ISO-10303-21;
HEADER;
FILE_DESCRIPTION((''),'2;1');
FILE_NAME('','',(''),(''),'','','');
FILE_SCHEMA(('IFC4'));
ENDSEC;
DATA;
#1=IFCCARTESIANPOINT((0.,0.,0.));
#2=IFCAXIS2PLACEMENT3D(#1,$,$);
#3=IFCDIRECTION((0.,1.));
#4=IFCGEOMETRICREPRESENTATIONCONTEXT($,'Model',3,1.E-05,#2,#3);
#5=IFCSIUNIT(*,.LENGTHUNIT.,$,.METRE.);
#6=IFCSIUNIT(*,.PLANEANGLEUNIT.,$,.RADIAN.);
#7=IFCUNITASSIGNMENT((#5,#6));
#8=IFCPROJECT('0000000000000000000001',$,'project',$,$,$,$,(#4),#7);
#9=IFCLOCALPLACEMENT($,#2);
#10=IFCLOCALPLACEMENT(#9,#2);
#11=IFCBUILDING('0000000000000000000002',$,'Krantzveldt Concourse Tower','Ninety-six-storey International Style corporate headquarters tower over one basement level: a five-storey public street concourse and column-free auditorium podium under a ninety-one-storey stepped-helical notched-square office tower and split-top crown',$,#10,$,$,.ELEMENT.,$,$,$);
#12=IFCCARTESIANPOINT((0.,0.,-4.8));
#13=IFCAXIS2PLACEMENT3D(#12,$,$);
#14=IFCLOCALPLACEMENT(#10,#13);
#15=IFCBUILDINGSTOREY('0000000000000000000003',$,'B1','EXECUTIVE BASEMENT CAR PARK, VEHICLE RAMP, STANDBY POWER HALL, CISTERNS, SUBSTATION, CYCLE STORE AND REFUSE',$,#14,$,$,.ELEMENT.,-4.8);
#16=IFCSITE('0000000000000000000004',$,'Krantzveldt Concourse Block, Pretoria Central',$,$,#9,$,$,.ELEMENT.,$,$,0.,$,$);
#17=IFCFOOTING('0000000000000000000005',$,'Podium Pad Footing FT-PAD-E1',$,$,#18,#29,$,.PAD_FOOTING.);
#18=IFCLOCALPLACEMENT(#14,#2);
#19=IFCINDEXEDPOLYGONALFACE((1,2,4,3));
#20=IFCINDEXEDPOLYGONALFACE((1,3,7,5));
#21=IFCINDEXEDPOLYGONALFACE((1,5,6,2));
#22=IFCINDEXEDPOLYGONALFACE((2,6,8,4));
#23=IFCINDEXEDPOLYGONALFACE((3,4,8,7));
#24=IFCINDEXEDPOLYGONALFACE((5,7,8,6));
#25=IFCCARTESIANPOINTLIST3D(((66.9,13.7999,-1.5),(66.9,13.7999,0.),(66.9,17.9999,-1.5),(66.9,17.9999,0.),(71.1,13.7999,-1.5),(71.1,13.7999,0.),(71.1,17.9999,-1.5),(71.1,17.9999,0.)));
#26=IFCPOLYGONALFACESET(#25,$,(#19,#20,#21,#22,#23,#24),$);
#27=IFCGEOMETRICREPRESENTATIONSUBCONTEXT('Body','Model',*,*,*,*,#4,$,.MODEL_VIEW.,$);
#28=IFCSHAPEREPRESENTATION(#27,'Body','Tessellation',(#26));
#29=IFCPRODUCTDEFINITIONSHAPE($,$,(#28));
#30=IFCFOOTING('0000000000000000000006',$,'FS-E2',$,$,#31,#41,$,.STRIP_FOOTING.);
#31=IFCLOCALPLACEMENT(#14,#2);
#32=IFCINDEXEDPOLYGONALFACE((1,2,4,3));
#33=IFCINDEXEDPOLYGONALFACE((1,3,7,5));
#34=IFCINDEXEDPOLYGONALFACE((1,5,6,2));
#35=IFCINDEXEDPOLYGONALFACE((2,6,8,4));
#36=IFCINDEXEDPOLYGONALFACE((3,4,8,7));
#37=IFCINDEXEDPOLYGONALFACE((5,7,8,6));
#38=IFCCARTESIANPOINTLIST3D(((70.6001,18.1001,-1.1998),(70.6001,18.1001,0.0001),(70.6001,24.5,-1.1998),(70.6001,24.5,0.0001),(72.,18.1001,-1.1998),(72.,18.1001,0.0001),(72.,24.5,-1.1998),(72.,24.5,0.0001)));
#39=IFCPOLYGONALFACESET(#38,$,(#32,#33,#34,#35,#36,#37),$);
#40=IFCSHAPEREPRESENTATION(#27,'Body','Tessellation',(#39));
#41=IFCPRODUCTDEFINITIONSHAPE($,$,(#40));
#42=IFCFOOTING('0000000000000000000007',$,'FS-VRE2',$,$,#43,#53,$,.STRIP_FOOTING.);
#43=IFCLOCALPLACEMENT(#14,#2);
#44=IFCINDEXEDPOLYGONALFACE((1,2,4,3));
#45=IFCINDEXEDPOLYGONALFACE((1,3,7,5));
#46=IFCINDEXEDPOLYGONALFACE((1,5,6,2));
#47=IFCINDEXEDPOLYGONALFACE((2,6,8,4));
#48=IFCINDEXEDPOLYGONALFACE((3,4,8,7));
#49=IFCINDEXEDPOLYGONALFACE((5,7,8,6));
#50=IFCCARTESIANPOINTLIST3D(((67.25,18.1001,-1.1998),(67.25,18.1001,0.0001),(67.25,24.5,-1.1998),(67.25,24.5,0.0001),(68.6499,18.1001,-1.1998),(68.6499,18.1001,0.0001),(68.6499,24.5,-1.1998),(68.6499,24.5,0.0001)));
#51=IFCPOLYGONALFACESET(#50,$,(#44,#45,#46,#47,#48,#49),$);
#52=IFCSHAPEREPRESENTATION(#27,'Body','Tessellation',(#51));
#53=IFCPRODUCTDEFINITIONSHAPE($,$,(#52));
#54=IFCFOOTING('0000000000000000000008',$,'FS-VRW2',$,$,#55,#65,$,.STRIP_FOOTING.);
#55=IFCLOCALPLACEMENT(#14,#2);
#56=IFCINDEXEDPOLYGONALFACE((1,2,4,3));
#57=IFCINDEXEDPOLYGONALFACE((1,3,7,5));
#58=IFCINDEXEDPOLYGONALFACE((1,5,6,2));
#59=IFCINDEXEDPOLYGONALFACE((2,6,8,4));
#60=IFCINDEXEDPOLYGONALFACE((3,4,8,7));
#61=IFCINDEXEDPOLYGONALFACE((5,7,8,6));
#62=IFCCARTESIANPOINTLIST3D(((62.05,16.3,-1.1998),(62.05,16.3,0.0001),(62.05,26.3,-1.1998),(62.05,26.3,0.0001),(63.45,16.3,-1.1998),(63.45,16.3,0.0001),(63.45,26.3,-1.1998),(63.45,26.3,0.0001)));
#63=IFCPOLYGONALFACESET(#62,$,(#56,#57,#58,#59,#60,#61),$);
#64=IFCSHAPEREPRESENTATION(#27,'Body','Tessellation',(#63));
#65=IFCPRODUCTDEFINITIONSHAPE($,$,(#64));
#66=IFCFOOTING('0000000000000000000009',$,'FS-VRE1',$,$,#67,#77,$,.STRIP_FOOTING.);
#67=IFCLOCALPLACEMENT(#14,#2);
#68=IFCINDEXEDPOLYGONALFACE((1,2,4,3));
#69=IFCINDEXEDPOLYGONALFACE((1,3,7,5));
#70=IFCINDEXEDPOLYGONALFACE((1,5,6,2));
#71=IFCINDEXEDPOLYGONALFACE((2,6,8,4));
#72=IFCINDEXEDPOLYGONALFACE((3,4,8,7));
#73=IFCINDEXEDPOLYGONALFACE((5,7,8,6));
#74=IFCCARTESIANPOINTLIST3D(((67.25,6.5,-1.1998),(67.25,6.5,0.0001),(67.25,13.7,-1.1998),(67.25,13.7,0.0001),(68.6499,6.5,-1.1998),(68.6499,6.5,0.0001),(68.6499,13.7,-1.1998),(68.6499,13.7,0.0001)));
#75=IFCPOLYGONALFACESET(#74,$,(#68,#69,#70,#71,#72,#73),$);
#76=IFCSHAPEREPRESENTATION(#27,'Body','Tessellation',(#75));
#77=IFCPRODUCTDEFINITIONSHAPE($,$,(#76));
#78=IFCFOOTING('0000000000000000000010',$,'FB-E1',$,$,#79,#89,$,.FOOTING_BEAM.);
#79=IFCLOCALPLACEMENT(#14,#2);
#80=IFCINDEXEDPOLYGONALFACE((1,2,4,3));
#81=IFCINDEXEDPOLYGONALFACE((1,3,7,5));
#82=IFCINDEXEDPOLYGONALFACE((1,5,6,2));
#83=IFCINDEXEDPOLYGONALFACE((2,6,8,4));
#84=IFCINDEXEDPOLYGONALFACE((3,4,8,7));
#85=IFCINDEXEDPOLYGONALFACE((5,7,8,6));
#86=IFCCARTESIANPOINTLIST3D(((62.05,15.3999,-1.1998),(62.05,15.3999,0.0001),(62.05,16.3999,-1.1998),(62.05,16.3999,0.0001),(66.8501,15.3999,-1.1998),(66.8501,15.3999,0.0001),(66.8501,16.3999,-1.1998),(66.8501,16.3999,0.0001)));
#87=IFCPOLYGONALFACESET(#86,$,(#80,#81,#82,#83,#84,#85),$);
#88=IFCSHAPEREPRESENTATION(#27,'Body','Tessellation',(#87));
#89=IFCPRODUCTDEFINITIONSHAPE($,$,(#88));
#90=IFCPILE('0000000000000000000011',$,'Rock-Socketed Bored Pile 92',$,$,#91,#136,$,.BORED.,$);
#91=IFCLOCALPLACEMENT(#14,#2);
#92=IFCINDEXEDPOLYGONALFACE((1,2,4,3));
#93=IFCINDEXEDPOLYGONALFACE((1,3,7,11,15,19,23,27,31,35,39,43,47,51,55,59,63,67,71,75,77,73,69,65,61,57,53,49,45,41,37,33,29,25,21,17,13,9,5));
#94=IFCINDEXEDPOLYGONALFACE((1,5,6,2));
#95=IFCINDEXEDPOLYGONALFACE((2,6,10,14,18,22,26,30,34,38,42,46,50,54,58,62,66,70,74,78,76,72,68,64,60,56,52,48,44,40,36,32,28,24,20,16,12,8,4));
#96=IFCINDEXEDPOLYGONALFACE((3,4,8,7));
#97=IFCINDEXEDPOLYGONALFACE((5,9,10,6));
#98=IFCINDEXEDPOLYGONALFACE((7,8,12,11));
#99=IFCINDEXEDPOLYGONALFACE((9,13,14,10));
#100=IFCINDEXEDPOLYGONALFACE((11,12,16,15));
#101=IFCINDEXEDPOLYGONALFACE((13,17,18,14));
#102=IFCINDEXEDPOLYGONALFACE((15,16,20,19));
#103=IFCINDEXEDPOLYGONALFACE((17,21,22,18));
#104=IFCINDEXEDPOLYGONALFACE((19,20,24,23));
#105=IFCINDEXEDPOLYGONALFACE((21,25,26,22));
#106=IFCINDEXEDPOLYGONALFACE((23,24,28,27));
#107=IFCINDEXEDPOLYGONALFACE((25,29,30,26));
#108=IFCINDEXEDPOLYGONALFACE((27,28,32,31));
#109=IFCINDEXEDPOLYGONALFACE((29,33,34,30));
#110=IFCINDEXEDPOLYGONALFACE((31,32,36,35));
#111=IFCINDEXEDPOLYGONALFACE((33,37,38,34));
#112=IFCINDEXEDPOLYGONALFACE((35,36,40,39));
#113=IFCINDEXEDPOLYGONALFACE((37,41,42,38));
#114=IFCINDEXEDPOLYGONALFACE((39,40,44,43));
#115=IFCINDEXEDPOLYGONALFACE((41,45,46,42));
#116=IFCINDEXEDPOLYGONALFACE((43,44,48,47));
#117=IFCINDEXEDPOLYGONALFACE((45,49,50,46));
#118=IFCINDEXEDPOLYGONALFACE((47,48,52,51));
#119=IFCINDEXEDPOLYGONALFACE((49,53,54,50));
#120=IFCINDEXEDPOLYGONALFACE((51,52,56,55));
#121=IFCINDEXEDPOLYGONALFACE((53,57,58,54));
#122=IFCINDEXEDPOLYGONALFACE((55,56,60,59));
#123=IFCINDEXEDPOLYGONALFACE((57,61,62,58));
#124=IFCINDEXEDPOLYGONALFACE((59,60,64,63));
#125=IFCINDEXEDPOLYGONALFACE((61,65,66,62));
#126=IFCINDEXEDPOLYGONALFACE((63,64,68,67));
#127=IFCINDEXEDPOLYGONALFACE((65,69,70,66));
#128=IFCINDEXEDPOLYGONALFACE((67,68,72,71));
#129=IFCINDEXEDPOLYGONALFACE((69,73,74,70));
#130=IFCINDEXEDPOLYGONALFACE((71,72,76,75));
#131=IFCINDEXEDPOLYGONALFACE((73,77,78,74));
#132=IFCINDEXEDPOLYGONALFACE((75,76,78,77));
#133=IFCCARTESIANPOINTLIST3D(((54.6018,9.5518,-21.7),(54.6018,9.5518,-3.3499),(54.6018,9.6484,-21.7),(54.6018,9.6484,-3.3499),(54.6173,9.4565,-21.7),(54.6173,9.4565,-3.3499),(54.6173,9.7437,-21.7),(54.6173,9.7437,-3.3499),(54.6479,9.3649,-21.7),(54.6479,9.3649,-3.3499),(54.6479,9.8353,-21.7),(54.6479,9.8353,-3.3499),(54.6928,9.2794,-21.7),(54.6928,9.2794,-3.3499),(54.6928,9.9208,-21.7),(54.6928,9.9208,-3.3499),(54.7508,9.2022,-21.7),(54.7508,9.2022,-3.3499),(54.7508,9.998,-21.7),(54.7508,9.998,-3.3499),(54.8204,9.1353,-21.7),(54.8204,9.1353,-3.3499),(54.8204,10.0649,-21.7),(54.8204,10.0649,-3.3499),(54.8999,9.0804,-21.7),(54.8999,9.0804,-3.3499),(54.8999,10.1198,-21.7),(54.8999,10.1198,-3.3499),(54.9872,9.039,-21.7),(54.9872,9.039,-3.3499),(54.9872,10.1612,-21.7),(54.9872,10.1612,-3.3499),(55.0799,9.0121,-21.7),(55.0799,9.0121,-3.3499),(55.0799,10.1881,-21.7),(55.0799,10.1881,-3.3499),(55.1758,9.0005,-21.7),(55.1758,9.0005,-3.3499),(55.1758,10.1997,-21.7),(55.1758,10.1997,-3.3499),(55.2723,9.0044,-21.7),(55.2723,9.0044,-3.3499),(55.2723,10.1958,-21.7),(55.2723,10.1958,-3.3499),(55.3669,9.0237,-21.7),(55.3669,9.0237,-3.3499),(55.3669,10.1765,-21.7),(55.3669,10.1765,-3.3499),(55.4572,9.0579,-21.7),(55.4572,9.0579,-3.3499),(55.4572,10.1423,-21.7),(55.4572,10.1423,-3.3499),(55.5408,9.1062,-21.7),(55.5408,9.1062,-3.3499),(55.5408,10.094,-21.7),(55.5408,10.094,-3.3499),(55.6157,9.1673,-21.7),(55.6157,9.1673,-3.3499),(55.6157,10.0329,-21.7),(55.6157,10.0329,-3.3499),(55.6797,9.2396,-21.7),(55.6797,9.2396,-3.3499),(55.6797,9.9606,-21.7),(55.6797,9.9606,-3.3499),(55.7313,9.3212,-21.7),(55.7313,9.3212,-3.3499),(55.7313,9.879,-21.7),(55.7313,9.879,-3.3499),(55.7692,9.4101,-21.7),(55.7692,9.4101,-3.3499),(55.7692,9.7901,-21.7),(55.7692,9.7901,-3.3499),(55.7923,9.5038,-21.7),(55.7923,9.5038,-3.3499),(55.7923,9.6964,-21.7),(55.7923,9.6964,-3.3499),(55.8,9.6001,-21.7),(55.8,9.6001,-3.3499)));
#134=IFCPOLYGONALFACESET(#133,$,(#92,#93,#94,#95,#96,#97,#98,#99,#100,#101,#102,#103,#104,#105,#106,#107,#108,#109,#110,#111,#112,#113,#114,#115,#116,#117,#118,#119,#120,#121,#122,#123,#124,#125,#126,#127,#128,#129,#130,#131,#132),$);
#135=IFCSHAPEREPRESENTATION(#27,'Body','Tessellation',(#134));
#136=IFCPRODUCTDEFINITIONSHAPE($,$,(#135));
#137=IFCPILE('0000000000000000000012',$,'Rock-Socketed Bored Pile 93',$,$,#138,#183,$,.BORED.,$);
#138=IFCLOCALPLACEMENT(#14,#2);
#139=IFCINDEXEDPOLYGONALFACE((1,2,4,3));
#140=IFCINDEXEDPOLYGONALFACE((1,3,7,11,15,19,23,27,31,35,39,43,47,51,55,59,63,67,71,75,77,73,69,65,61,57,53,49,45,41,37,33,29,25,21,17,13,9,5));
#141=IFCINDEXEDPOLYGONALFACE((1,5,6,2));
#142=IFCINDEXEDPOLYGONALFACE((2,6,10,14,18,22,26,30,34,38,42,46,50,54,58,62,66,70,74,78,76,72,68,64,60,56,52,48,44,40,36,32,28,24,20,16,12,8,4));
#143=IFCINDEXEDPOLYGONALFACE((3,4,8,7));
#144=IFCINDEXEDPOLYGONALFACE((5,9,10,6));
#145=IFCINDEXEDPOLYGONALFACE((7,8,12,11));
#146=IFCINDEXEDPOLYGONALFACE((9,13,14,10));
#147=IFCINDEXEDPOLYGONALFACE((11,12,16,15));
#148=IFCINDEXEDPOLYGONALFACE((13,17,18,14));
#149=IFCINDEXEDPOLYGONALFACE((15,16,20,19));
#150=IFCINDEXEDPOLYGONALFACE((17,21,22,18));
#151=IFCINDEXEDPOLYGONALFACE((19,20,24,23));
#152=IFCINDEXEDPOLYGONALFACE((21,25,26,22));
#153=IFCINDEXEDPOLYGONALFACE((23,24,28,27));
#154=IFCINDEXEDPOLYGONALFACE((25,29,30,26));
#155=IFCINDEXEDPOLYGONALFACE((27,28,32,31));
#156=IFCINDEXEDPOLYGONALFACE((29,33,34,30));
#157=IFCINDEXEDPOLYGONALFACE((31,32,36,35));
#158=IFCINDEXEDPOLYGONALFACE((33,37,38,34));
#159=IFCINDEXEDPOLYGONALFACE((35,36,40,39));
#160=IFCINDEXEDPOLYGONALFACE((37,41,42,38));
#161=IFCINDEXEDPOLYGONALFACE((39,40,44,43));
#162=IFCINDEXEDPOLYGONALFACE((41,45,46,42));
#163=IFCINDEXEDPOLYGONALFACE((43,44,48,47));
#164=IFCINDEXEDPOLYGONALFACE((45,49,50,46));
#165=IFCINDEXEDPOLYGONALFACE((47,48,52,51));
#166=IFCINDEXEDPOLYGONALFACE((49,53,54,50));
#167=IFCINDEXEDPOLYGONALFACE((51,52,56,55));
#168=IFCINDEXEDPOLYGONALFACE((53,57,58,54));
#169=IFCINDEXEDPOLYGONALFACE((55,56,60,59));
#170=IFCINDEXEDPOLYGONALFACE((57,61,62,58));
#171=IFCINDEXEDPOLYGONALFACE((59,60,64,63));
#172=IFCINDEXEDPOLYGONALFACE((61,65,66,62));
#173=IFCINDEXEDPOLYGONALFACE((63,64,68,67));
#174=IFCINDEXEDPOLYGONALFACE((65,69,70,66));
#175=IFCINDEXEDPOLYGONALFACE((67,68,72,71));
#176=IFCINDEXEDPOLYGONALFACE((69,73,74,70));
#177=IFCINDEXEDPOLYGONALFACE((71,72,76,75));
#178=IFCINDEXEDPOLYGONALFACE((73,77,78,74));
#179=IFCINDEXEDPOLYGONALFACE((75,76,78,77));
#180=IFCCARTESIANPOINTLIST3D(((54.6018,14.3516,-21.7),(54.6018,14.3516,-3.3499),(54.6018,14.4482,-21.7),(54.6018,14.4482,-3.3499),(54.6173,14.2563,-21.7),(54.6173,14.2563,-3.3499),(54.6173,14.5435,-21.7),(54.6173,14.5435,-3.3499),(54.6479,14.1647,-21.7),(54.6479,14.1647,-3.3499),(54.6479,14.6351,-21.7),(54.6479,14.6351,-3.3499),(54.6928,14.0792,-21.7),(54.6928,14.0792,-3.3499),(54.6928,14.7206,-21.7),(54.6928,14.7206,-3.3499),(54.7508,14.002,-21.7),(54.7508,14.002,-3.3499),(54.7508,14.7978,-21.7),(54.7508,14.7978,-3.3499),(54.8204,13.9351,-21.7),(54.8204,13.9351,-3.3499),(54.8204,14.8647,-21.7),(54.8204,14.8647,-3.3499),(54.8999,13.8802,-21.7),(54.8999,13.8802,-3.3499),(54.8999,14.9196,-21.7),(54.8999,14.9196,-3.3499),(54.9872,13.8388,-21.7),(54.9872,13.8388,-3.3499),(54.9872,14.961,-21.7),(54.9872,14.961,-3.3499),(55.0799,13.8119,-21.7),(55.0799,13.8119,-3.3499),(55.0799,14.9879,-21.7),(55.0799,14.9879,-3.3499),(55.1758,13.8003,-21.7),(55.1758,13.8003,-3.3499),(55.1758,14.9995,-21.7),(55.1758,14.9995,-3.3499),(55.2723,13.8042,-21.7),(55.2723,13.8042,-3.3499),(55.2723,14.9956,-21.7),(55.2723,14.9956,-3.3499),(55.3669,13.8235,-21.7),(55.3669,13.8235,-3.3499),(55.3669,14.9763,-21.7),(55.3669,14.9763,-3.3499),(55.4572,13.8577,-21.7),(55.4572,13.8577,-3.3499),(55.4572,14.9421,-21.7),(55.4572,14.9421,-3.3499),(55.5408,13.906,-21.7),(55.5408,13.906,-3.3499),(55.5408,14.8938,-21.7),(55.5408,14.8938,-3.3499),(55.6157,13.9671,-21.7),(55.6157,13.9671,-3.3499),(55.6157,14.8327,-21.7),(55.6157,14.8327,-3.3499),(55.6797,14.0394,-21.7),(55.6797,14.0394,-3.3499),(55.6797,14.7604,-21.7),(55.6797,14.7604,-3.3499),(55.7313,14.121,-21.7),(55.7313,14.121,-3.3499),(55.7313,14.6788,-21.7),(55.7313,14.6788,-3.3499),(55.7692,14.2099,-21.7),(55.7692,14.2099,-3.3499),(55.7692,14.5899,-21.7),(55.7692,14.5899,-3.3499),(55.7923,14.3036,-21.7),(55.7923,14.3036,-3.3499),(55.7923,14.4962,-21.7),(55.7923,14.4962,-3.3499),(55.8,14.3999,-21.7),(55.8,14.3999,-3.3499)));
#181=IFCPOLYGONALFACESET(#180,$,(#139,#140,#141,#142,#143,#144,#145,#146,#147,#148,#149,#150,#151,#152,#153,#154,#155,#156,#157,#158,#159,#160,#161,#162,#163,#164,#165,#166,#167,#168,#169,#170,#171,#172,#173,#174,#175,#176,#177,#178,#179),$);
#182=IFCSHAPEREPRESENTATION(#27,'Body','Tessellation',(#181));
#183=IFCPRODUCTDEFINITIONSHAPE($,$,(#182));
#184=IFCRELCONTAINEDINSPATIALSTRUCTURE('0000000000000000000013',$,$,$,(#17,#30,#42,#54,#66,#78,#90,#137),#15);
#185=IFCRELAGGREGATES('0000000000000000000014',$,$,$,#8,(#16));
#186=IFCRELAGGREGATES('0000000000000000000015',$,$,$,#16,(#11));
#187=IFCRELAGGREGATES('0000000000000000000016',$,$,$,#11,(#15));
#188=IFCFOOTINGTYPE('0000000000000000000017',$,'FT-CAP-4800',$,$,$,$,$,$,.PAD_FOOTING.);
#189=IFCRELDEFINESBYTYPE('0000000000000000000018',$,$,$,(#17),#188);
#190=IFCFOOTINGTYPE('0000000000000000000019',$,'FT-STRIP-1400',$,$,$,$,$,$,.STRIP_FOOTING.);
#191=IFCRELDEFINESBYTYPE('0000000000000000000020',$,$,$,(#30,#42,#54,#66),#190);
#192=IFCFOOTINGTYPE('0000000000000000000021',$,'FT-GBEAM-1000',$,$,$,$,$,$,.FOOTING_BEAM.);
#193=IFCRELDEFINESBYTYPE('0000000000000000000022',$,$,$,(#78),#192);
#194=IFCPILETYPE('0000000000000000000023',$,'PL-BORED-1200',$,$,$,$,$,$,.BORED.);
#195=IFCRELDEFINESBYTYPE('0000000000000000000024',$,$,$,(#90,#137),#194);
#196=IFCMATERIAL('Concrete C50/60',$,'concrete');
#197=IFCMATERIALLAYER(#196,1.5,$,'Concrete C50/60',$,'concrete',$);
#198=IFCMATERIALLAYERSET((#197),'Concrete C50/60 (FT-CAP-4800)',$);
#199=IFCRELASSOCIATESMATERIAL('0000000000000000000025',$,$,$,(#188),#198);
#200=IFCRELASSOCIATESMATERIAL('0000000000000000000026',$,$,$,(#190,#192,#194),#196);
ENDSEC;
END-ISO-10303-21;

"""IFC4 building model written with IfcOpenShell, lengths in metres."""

from ifc_helpers import new_model, si_unit, direction, frame, origin, origin_2d, place, context, subcontext, project, spatial, rectangle, circle, extrude, source, transform, mapped, material, layer, layer_set, material_profile, profile_set, type_object, type_shapes, element, save


model = new_model("IFC4")

# Units and contexts
model_context = context("Model", 3, precision=1e-05, world=origin(), true_north=direction((0.0, 1.0)))
body_context = subcontext(model_context, "Body", "Model", "MODEL_VIEW")
ifc_project = project(units=[si_unit("LENGTHUNIT", "METRE"), si_unit("PLANEANGLEUNIT", "RADIAN")], contexts=[model_context])

# Site, building, storey
site_placement = place(None, origin())
site = spatial("IfcSite", under=ifc_project, at=site_placement, Name="Krantzveldt Concourse Block, Pretoria Central", CompositionType="ELEMENT", RefElevation=0.0)
building_placement = place(site_placement, origin())
building = spatial("IfcBuilding", under=site, at=building_placement, Name="Krantzveldt Concourse Tower", Description="Ninety-six-storey International Style corporate headquarters tower over one basement level: a five-storey public street concourse and column-free auditorium podium under a ninety-one-storey stepped-helical notched-square office tower and split-top crown", CompositionType="ELEMENT")
storey_placement = place(building_placement, frame((0.0, 0.0, -4.8)))
storey = spatial("IfcBuildingStorey", under=building, at=storey_placement, Name="B1", Description="EXECUTIVE BASEMENT CAR PARK, VEHICLE RAMP, STANDBY POWER HALL, CISTERNS, SUBSTATION, CYCLE STORE AND REFUSE", CompositionType="ELEMENT", Elevation=-4.8)

# Footings
ifc_material_1 = material(Name="Concrete C50/60", Category="concrete")
ifc_layer_1 = layer(ifc_material_1, 1.5, Name="Concrete C50/60", Category="concrete")
ifc_layer_set_1 = layer_set([ifc_layer_1], Name="Concrete C50/60 (FT-CAP-4800)")
footing_type_1 = type_object("IfcFootingType", Name="FT-CAP-4800", PredefinedType="PAD_FOOTING", material=ifc_layer_set_1)
shared_shape_1 = source(origin(), body_context, "Body", "SweptSolid", [
    extrude(rectangle(XDim=4.2, YDim=4.2, at=origin_2d()), origin(), (0.0, 0.0, 1.0), 1.5),
])
type_shapes(footing_type_1, [shared_shape_1])
footing_1_placement = place(storey_placement, frame((69.0, 15.8999, -1.5), z_axis=(0.0, 0.0, 1.0), x_axis=(1.0, 0.0, 0.0)))
element("IfcFooting", 1, at=footing_1_placement, inside=storey, type_object=footing_type_1, Name="Podium Pad Footing FT-PAD-E1", PredefinedType="PAD_FOOTING", context=body_context, shape_type="MappedRepresentation", body=[
    mapped(shared_shape_1, transform((0.0, 0.0, 0.0), x_axis=(1.0, 0.0, 0.0), y_axis=(0.0, 1.0, 0.0), z_axis=(0.0, 0.0, 1.0), scale=1.0)),
])
ifc_material_profile_1 = material_profile(ifc_material_1, rectangle(XDim=1.3999, YDim=1.2, at=origin_2d()), Name="Concrete C50/60", Category="concrete")
ifc_profile_set_1 = profile_set([ifc_material_profile_1], Name="Concrete C50/60 - STRIP 1400x1200")
footing_type_2 = type_object("IfcFootingType", Name="FT-STRIP-1400", PredefinedType="STRIP_FOOTING", material=ifc_profile_set_1)
shared_shape_2 = source(origin(), body_context, "Body", "SweptSolid", [
    extrude(rectangle(XDim=1.3999, YDim=1.2, at=origin_2d()), origin(), (0.0, 0.0, 1.0), 6.3999),
])
for number, where, z_axis, x_axis, name in (
    (2, (71.3, 18.1001, -0.5999), (0.0, 1.0, 0.0), (-1.0, 0.0, 0.0), "FS-E2"),
    (3, (67.95, 18.1001, -0.5999), (0.0, 1.0, 0.0), (-1.0, 0.0, 0.0), "FS-VRE2"),
):
    element("IfcFooting", number, at=place(storey_placement, frame(where, z_axis=z_axis, x_axis=x_axis)), inside=storey, type_object=footing_type_2, Name=name, PredefinedType="STRIP_FOOTING", context=body_context, shape_type="MappedRepresentation", body=[
        mapped(shared_shape_2, transform((0.0, 0.0, 0.0), x_axis=(1.0, 0.0, 0.0), y_axis=(0.0, 1.0, 0.0), z_axis=(0.0, 0.0, 1.0), scale=1.0)),
    ])
shared_shape_3 = source(origin(), body_context, "Body", "SweptSolid", [
    extrude(rectangle(XDim=1.3999, YDim=1.2, at=origin_2d()), origin(), (0.0, 0.0, 1.0), 10.0),
])
footing_2_placement = place(storey_placement, frame((62.75, 16.3, -0.5999), z_axis=(0.0, 1.0, 0.0), x_axis=(-1.0, 0.0, 0.0)))
element("IfcFooting", 4, at=footing_2_placement, inside=storey, type_object=footing_type_2, Name="FS-VRW2", PredefinedType="STRIP_FOOTING", context=body_context, shape_type="MappedRepresentation", body=[
    mapped(shared_shape_3, transform((0.0, 0.0, 0.0), x_axis=(1.0, 0.0, 0.0), y_axis=(0.0, 1.0, 0.0), z_axis=(0.0, 0.0, 1.0), scale=1.0)),
])
shared_shape_4 = source(origin(), body_context, "Body", "SweptSolid", [
    extrude(rectangle(XDim=1.3999, YDim=1.2, at=origin_2d()), origin(), (0.0, 0.0, 1.0), 7.2),
])
type_shapes(footing_type_2, [shared_shape_2, shared_shape_3, shared_shape_4])
footing_3_placement = place(storey_placement, frame((67.95, 6.5, -0.5999), z_axis=(0.0, 1.0, 0.0), x_axis=(-1.0, 0.0, 0.0)))
element("IfcFooting", 5, at=footing_3_placement, inside=storey, type_object=footing_type_2, Name="FS-VRE1", PredefinedType="STRIP_FOOTING", context=body_context, shape_type="MappedRepresentation", body=[
    mapped(shared_shape_4, transform((0.0, 0.0, 0.0), x_axis=(1.0, 0.0, 0.0), y_axis=(0.0, 1.0, 0.0), z_axis=(0.0, 0.0, 1.0), scale=1.0)),
])
ifc_material_profile_2 = material_profile(ifc_material_1, rectangle(XDim=1.0, YDim=1.2, at=origin_2d()), Name="Concrete C50/60", Category="concrete")
ifc_profile_set_2 = profile_set([ifc_material_profile_2], Name="Concrete C50/60 - FBEAM 1000x1200")
footing_type_3 = type_object("IfcFootingType", Name="FT-GBEAM-1000", PredefinedType="FOOTING_BEAM", material=ifc_profile_set_2)
shared_shape_5 = source(origin(), body_context, "Body", "SweptSolid", [
    extrude(rectangle(XDim=1.0, YDim=1.2, at=origin_2d()), origin(), (0.0, 0.0, 1.0), 4.8),
])
type_shapes(footing_type_3, [shared_shape_5])
footing_4_placement = place(storey_placement, frame((62.05, 15.8999, -0.5999), z_axis=(1.0, 0.0, 0.0), x_axis=(0.0, 1.0, 0.0)))
element("IfcFooting", 6, at=footing_4_placement, inside=storey, type_object=footing_type_3, Name="FB-E1", PredefinedType="FOOTING_BEAM", context=body_context, shape_type="MappedRepresentation", body=[
    mapped(shared_shape_5, transform((0.0, 0.0, 0.0), x_axis=(1.0, 0.0, 0.0), y_axis=(0.0, 1.0, 0.0), z_axis=(0.0, 0.0, 1.0), scale=1.0)),
])

# Piles
ifc_material_profile_3 = material_profile(ifc_material_1, circle(Radius=0.6001, at=origin_2d()), Name="Concrete C50/60", Category="concrete")
ifc_profile_set_3 = profile_set([ifc_material_profile_3], Name="Concrete C50/60 - PILE D1200")
pile_type = type_object("IfcPileType", Name="PL-BORED-1200", PredefinedType="BORED", material=ifc_profile_set_3)
shared_shape_6 = source(origin(), body_context, "Body", "SweptSolid", [
    extrude(circle(Radius=0.6001, at=origin_2d()), origin(), (0.0, 0.0, 1.0), 18.3501),
])
type_shapes(pile_type, [shared_shape_6])
for number, where, z_axis, x_axis, name in (
    (7, (55.2, 9.6001, -3.3499), (0.0, 0.0, -1.0), (1.0, 0.0, 0.0), "Rock-Socketed Bored Pile 92"),
    (8, (55.2, 14.3999, -3.3499), (0.0, 0.0, -1.0), (1.0, 0.0, 0.0), "Rock-Socketed Bored Pile 93"),
):
    element("IfcPile", number, at=place(storey_placement, frame(where, z_axis=z_axis, x_axis=x_axis)), inside=storey, type_object=pile_type, Name=name, PredefinedType="BORED", context=body_context, shape_type="MappedRepresentation", body=[
        mapped(shared_shape_6, transform((0.0, 0.0, 0.0), x_axis=(1.0, 0.0, 0.0), y_axis=(0.0, 1.0, 0.0), z_axis=(0.0, 0.0, 1.0), scale=1.0)),
    ])

save(model, "model.ifc")
